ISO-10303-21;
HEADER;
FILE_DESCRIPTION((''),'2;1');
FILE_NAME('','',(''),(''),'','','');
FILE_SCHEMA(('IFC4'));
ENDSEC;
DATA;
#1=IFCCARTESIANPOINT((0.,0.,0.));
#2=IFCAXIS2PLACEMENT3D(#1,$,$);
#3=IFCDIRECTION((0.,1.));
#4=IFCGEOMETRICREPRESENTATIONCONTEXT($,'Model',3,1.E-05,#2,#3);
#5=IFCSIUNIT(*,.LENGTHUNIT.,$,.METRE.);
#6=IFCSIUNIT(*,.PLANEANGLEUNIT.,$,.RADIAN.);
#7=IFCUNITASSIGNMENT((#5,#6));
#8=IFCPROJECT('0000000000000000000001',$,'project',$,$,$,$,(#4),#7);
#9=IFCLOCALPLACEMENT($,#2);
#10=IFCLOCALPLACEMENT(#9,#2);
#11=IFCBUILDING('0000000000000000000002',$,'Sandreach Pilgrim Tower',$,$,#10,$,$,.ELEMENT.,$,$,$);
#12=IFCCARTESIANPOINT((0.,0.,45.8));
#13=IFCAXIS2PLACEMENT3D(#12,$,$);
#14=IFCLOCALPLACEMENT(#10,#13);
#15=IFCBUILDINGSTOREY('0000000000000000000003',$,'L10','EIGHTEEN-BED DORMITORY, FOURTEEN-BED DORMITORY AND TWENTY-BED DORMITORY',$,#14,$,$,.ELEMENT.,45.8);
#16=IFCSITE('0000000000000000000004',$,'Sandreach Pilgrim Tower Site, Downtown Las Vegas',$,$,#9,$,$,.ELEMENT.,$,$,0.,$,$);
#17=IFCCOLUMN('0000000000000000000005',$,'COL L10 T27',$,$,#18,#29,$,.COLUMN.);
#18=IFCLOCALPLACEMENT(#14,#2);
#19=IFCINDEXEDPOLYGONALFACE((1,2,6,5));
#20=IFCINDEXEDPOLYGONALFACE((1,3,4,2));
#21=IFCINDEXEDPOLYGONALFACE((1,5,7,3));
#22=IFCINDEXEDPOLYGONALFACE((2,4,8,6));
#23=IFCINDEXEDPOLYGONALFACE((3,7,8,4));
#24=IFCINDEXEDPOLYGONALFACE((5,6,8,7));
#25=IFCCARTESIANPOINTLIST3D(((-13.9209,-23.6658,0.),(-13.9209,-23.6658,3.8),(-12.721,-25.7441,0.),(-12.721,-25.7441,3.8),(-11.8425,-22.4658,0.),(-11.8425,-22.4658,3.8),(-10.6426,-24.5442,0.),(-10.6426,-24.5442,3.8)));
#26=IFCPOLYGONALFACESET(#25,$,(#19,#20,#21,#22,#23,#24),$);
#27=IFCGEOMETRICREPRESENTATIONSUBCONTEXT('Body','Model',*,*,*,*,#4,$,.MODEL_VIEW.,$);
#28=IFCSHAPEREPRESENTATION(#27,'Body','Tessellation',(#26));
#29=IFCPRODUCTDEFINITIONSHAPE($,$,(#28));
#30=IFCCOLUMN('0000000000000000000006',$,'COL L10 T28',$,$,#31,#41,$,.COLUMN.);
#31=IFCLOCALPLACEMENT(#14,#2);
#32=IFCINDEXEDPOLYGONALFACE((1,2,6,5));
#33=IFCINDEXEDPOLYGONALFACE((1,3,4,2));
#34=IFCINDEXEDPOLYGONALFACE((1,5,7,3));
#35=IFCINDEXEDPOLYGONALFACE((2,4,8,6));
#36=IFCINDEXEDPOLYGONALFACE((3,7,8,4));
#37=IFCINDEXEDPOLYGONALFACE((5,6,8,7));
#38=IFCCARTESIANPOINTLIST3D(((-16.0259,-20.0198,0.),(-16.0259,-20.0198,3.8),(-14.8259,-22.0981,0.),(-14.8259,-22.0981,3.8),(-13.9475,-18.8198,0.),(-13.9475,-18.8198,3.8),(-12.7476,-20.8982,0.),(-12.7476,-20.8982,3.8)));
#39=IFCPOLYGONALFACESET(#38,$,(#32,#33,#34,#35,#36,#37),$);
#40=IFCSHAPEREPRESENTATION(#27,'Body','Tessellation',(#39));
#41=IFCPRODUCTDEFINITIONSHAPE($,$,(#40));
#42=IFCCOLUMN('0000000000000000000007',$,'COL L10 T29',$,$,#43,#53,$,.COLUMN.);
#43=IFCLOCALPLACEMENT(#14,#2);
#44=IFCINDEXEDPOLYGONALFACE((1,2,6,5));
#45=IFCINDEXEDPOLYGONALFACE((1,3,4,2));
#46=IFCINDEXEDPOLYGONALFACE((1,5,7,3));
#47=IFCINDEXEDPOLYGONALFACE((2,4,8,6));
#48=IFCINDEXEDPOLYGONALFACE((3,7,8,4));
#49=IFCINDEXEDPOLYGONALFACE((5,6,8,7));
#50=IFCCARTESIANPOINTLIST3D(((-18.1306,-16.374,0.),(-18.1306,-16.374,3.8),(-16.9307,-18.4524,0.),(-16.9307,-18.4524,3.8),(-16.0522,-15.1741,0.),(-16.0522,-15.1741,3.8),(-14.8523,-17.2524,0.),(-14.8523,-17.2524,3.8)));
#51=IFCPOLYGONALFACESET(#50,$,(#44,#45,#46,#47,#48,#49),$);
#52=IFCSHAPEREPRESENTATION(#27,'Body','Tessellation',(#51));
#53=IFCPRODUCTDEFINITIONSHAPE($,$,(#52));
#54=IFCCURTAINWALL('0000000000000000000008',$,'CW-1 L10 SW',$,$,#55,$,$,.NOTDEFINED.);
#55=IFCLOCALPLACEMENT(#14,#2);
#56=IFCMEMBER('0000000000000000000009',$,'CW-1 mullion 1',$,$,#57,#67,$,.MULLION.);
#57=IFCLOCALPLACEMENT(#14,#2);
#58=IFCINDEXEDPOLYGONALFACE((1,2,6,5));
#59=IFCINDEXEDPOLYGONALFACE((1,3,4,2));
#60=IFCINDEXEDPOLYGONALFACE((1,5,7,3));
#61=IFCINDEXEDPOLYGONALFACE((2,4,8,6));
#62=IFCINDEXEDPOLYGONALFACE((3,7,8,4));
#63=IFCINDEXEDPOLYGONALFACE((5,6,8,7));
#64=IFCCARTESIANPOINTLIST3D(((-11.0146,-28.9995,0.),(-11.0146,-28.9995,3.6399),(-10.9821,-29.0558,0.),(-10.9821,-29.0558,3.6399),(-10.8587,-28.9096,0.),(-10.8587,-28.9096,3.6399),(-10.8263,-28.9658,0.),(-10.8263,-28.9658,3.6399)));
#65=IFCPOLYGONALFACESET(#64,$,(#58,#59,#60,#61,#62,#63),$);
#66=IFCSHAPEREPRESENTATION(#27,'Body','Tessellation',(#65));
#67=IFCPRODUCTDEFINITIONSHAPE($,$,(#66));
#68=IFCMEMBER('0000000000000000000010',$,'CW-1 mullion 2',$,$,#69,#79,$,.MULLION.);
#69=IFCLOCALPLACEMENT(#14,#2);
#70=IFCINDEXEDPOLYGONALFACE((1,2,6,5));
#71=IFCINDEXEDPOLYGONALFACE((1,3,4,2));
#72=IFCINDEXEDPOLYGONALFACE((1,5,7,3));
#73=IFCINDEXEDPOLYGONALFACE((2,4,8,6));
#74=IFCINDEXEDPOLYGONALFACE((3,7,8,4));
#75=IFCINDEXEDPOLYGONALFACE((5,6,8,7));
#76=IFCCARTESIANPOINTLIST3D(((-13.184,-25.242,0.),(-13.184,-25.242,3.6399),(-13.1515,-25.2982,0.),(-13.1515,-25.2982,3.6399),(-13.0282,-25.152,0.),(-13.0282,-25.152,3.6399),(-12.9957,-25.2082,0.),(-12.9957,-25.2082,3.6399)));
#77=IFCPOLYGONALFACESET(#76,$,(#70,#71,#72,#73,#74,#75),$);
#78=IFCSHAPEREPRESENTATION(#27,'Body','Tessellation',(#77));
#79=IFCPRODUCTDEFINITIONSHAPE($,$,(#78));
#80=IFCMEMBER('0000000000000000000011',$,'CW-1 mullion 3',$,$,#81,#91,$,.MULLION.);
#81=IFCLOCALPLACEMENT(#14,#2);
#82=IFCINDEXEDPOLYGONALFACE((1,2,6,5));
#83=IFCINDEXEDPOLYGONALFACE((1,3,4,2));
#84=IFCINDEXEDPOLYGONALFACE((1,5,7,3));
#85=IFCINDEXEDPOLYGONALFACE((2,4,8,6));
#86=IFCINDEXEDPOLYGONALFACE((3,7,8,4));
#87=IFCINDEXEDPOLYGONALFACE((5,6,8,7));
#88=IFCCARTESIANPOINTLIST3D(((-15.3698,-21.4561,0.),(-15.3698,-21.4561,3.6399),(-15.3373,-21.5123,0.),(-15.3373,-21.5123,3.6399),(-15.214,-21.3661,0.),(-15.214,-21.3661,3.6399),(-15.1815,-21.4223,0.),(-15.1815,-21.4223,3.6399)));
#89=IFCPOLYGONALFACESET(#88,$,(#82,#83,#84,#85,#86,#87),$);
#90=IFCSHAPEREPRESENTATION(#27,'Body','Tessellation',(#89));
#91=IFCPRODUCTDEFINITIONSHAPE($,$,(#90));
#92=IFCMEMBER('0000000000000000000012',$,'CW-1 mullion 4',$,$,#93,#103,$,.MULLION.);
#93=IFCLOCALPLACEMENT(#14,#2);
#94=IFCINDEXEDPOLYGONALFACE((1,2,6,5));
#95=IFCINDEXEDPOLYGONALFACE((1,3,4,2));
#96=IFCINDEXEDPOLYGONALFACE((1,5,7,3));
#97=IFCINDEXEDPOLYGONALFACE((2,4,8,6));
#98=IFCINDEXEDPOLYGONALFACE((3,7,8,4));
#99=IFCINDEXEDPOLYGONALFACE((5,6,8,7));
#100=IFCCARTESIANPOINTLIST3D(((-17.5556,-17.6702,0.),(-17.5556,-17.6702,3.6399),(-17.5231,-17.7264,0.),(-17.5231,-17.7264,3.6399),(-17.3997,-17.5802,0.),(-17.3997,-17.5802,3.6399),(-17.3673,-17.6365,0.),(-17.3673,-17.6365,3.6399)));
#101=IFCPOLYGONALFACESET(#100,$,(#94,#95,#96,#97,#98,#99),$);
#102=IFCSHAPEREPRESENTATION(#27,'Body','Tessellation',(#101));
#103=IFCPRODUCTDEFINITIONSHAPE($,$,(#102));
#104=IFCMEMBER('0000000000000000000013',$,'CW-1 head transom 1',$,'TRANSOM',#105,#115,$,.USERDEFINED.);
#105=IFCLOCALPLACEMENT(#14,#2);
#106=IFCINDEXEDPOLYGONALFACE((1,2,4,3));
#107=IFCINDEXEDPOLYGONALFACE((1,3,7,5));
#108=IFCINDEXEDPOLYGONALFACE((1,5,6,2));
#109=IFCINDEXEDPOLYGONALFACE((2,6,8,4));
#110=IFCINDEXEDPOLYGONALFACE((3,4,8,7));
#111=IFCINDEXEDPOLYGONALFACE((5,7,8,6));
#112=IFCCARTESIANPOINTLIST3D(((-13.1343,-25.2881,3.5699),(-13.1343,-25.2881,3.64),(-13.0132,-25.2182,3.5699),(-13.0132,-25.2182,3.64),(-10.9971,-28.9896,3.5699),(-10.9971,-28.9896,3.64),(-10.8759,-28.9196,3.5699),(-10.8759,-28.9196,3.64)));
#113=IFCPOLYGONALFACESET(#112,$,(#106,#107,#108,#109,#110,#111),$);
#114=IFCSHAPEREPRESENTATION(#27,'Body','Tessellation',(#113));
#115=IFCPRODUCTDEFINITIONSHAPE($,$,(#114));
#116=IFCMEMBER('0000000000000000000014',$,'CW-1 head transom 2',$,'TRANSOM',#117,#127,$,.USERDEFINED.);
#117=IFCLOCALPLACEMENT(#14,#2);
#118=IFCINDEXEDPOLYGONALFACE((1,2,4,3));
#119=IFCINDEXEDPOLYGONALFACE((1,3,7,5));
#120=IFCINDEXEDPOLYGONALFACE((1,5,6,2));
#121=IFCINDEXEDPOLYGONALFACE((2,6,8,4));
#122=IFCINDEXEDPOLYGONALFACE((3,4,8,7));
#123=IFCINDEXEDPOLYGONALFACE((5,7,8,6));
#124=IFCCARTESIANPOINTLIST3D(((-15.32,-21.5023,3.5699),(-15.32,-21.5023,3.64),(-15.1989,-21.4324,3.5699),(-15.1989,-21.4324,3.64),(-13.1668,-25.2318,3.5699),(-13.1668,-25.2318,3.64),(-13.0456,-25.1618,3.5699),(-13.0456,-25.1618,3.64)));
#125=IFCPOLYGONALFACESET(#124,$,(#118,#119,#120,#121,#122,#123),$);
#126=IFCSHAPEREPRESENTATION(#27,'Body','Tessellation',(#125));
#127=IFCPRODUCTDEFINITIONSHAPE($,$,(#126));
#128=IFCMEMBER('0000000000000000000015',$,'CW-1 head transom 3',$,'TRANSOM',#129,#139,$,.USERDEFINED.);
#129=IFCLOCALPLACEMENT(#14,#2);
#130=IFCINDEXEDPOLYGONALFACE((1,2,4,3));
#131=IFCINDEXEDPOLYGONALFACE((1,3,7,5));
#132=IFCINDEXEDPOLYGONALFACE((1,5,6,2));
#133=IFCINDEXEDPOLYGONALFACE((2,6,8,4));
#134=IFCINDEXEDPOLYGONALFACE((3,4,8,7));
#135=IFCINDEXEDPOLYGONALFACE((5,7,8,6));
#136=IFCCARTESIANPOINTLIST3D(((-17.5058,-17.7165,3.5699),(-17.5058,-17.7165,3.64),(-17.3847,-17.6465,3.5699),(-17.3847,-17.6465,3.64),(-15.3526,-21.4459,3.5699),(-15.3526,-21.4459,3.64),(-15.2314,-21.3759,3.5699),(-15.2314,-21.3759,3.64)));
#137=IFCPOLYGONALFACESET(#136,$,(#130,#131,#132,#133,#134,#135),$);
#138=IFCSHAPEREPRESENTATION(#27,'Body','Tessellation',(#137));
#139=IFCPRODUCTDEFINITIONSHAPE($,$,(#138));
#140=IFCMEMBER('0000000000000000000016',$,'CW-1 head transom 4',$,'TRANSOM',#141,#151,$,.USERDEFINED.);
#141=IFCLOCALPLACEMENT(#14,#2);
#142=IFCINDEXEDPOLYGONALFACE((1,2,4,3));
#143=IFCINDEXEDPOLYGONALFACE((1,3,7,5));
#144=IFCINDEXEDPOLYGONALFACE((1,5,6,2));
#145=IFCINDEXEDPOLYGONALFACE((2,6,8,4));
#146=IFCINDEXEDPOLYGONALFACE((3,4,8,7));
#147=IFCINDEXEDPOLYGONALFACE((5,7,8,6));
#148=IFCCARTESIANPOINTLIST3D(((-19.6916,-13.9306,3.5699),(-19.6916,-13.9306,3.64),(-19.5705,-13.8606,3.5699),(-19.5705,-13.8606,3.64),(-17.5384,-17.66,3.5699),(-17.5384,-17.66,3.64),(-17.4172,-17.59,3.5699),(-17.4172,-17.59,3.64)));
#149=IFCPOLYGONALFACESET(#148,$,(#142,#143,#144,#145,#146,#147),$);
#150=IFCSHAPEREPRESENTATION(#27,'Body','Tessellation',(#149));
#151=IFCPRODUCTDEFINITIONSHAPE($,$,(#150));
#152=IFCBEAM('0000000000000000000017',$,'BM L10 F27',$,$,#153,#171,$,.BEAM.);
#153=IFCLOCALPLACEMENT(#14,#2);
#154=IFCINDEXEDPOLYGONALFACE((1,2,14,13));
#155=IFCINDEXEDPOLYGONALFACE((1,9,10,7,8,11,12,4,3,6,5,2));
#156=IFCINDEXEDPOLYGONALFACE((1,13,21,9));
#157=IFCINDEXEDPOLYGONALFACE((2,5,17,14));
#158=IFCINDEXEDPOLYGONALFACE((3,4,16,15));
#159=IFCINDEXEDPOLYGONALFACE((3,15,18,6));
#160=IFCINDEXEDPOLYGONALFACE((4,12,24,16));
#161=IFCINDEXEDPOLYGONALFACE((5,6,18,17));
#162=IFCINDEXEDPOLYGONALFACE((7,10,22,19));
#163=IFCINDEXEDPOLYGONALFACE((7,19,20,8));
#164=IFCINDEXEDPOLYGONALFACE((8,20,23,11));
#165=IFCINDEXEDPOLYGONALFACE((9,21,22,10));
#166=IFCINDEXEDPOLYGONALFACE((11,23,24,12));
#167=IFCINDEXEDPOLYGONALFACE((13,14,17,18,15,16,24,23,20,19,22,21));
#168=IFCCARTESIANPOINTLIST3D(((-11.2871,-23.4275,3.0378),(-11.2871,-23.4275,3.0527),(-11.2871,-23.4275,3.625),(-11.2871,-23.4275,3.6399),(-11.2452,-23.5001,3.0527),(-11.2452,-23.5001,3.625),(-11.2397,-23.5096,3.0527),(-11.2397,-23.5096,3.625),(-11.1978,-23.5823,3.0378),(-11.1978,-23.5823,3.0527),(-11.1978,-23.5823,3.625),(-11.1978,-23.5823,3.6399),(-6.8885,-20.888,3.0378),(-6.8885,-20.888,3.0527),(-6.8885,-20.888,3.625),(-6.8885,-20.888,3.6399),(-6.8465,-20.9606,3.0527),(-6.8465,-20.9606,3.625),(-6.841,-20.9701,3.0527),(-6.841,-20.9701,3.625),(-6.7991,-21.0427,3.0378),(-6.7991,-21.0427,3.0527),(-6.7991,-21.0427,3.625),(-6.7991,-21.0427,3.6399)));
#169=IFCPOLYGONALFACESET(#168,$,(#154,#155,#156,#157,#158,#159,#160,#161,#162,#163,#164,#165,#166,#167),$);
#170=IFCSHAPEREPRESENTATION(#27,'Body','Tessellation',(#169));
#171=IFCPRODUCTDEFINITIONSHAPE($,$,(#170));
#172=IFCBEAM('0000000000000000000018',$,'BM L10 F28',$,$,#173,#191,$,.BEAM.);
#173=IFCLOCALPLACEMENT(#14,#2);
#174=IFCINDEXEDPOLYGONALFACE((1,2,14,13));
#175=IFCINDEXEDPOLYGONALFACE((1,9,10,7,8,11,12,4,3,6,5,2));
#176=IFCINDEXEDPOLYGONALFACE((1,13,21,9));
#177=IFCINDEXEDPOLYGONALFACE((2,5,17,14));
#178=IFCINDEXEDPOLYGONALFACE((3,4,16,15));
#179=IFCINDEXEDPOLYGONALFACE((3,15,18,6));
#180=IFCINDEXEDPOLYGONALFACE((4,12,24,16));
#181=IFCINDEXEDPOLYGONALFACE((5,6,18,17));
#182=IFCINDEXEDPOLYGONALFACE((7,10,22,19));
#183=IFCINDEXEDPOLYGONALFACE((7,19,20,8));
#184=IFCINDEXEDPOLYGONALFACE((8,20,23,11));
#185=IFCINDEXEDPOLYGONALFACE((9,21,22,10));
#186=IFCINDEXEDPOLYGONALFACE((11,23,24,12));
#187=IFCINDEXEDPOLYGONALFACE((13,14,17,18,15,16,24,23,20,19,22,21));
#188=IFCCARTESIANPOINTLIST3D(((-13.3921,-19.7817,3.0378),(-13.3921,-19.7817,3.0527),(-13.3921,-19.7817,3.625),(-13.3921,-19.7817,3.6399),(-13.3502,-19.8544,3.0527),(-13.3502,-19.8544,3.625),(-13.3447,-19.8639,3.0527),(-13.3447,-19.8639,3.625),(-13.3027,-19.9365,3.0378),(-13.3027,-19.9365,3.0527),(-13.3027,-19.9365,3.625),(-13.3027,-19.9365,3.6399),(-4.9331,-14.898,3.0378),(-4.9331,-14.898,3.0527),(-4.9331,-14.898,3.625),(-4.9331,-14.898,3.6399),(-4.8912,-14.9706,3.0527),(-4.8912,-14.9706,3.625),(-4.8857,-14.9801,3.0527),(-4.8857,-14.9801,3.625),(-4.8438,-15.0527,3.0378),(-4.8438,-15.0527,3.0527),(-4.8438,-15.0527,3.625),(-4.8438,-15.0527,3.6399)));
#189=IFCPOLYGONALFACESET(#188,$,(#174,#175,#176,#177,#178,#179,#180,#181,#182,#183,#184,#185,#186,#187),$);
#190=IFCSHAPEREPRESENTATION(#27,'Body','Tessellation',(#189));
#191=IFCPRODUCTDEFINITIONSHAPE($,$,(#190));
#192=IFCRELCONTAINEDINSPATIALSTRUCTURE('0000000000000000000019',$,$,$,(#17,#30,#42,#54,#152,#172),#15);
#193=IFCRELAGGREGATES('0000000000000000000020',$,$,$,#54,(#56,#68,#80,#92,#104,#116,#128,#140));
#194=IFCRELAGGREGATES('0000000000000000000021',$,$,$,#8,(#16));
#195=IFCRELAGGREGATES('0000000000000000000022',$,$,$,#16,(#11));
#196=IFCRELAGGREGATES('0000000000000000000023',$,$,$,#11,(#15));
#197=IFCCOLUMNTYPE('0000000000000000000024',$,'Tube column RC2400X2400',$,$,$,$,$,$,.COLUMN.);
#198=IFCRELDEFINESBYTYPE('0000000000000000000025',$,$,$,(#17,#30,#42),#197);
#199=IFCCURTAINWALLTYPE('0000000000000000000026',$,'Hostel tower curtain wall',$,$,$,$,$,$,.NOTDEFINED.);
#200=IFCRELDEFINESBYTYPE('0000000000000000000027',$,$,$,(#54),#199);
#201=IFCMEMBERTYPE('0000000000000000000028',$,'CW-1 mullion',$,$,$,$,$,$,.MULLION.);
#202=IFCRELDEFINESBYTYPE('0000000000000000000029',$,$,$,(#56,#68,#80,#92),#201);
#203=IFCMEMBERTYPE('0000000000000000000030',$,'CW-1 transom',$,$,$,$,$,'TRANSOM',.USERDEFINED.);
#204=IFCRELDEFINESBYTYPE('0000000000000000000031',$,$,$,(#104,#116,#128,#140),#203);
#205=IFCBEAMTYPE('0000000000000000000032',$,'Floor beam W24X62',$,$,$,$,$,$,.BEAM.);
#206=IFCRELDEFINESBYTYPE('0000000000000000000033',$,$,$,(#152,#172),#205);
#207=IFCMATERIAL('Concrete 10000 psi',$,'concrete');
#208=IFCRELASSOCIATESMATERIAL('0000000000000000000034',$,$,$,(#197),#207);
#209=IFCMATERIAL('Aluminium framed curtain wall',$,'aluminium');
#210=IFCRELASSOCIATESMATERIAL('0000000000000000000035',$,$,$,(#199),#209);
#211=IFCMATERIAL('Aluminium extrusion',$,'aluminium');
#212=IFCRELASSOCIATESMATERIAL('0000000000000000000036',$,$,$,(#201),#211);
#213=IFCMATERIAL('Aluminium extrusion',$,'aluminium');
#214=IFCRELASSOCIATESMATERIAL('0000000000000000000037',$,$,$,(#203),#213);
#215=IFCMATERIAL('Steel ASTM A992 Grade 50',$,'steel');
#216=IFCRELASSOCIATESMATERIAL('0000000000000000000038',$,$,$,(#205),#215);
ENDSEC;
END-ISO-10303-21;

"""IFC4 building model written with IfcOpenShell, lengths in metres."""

from ifc_helpers import new_model, si_unit, direction, frame, origin, origin_2d, place, context, subcontext, project, spatial, rectangle, i_section, extrude, material, material_profile, profile_set, type_object, element, aggregate, save


model = new_model("IFC4")

# Units and contexts
model_context = context("Model", 3, precision=1e-05, world=origin(), true_north=direction((0.0, 1.0)))
body_context = subcontext(model_context, "Body", "Model", "MODEL_VIEW")
ifc_project = project(units=[si_unit("LENGTHUNIT", "METRE"), si_unit("PLANEANGLEUNIT", "RADIAN")], contexts=[model_context])

# Site, building, storey
site_placement = place(None, origin())
site = spatial("IfcSite", under=ifc_project, at=site_placement, Name="Sandreach Pilgrim Tower Site, Downtown Las Vegas", CompositionType="ELEMENT", RefElevation=0.0)
building_placement = place(site_placement, origin())
building = spatial("IfcBuilding", under=site, at=building_placement, Name="Sandreach Pilgrim Tower", CompositionType="ELEMENT")
storey_placement = place(building_placement, frame((0.0, 0.0, 45.8)))
storey = spatial("IfcBuildingStorey", under=building, at=storey_placement, Name="L10", Description="EIGHTEEN-BED DORMITORY, FOURTEEN-BED DORMITORY AND TWENTY-BED DORMITORY", CompositionType="ELEMENT", Elevation=45.8)

# Columns
ifc_material_1 = material(Name="Concrete 10000 psi", Category="concrete")
ifc_material_profile_1 = material_profile(ifc_material_1, rectangle(XDim=2.3999, YDim=2.3999, at=origin_2d()), Name="RC2400X2400")
ifc_profile_set_1 = profile_set([ifc_material_profile_1], Name="Concrete 10000 psi")
column_type = type_object("IfcColumnType", Name="Tube column RC2400X2400", PredefinedType="COLUMN", material=ifc_profile_set_1)
for number, where, z_axis, x_axis, name in (
    (1, (-12.2817, -24.105, 0.0), (0.0, 0.0, 1.0), (-0.866025, -0.5, 0.0), "COL L10 T27"),
    (2, (-14.3867, -20.459, 0.0), (0.0, 0.0, 1.0), (-0.866025, -0.5, 0.0), "COL L10 T28"),
    (3, (-16.4915, -16.8132, 0.0), (0.0, 0.0, 1.0), (-0.866025, -0.5, 0.0), "COL L10 T29"),
):
    element("IfcColumn", number, at=place(storey_placement, frame(where, z_axis=z_axis, x_axis=x_axis)), inside=storey, type_object=column_type, Name=name, PredefinedType="COLUMN", context=body_context, shape_type="SweptSolid", body=[
        extrude(rectangle(XDim=2.3999, YDim=2.3999, at=origin_2d()), origin(), (0.0, 0.0, 1.0), 3.8),
    ])

# Curtain wall, members
ifc_material_2 = material(Name="Aluminium framed curtain wall", Category="aluminium")
curtain_wall_type = type_object("IfcCurtainWallType", Name="Hostel tower curtain wall", PredefinedType="NOTDEFINED", material=ifc_material_2)
curtain_wall_placement = place(storey_placement, origin())
curtain_wall = element("IfcCurtainWall", 4, at=curtain_wall_placement, inside=storey, type_object=curtain_wall_type, Name="CW-1 L10 SW", PredefinedType="NOTDEFINED")
ifc_material_3 = material(Name="Aluminium extrusion", Category="aluminium")
ifc_material_profile_2 = material_profile(ifc_material_3, rectangle(XDim=0.0649, YDim=0.1799, at=origin_2d()), Name="CW-1M 65X180")
ifc_profile_set_2 = profile_set([ifc_material_profile_2], Name="Aluminium extrusion")
member_type_1 = type_object("IfcMemberType", Name="CW-1 mullion", PredefinedType="MULLION", material=ifc_profile_set_2)
member_1_placement = place(storey_placement, frame((-10.9204, -28.9827, 0.0), z_axis=(0.0, 0.0, 1.0), x_axis=(-0.5, 0.866025, 0.0)))
member_1 = element("IfcMember", 5, at=member_1_placement, type_object=member_type_1, Name="CW-1 mullion 1", PredefinedType="MULLION", context=body_context, shape_type="SweptSolid", body=[
    extrude(rectangle(XDim=0.0649, YDim=0.1799, at=origin_2d()), origin(), (0.0, 0.0, 1.0), 3.6399),
])
member_2_placement = place(storey_placement, frame((-13.0898, -25.2251, 0.0), z_axis=(0.0, 0.0, 1.0), x_axis=(-0.5, 0.866025, 0.0)))
member_2 = element("IfcMember", 6, at=member_2_placement, type_object=member_type_1, Name="CW-1 mullion 2", PredefinedType="MULLION", context=body_context, shape_type="SweptSolid", body=[
    extrude(rectangle(XDim=0.0649, YDim=0.1799, at=origin_2d()), origin(), (0.0, 0.0, 1.0), 3.6399),
])
member_3_placement = place(storey_placement, frame((-15.2756, -21.4392, 0.0), z_axis=(0.0, 0.0, 1.0), x_axis=(-0.5, 0.866025, 0.0)))
member_3 = element("IfcMember", 7, at=member_3_placement, type_object=member_type_1, Name="CW-1 mullion 3", PredefinedType="MULLION", context=body_context, shape_type="SweptSolid", body=[
    extrude(rectangle(XDim=0.0649, YDim=0.1799, at=origin_2d()), origin(), (0.0, 0.0, 1.0), 3.6399),
])
member_4_placement = place(storey_placement, frame((-17.4614, -17.6533, 0.0), z_axis=(0.0, 0.0, 1.0), x_axis=(-0.5, 0.866025, 0.0)))
member_4 = element("IfcMember", 8, at=member_4_placement, type_object=member_type_1, Name="CW-1 mullion 4", PredefinedType="MULLION", context=body_context, shape_type="SweptSolid", body=[
    extrude(rectangle(XDim=0.0649, YDim=0.1799, at=origin_2d()), origin(), (0.0, 0.0, 1.0), 3.6399),
])
ifc_material_4 = material(Name="Aluminium extrusion", Category="aluminium")
ifc_material_profile_3 = material_profile(ifc_material_4, rectangle(XDim=0.1399, YDim=0.0701, at=origin_2d()), Name="CW-1T 140X70")
ifc_profile_set_3 = profile_set([ifc_material_profile_3], Name="Aluminium extrusion")
member_type_2 = type_object("IfcMemberType", Name="CW-1 transom", ElementType="TRANSOM", PredefinedType="USERDEFINED", material=ifc_profile_set_3)
member_5_placement = place(storey_placement, frame((-10.9365, -28.9546, 3.605), z_axis=(-0.500034, 0.866006, 0.0), x_axis=(-0.866006, -0.500034, 0.0)))
member_5 = element("IfcMember", 9, at=member_5_placement, type_object=member_type_2, Name="CW-1 head transom 1", ObjectType="TRANSOM", PredefinedType="USERDEFINED", context=body_context, shape_type="SweptSolid", body=[
    extrude(rectangle(XDim=0.1399, YDim=0.0701, at=origin_2d()), origin(), (0.0, 0.0, 1.0), 4.2742),
])
member_6_placement = place(storey_placement, frame((-13.1062, -25.1968, 3.605), z_axis=(-0.500017, 0.866016, 0.0), x_axis=(-0.866016, -0.500017, 0.0)))
member_6 = element("IfcMember", 10, at=member_6_placement, type_object=member_type_2, Name="CW-1 head transom 2", ObjectType="TRANSOM", PredefinedType="USERDEFINED", context=body_context, shape_type="SweptSolid", body=[
    extrude(rectangle(XDim=0.1399, YDim=0.0701, at=origin_2d()), origin(), (0.0, 0.0, 1.0), 4.3064),
])
member_7_placement = place(storey_placement, frame((-15.292, -21.4109, 3.605), z_axis=(-0.500017, 0.866016, 0.0), x_axis=(-0.866016, -0.500017, 0.0)))
member_7 = element("IfcMember", 11, at=member_7_placement, type_object=member_type_2, Name="CW-1 head transom 3", ObjectType="TRANSOM", PredefinedType="USERDEFINED", context=body_context, shape_type="SweptSolid", body=[
    extrude(rectangle(XDim=0.1399, YDim=0.0701, at=origin_2d()), origin(), (0.0, 0.0, 1.0), 4.3064),
])
member_8_placement = place(storey_placement, frame((-17.4778, -17.625, 3.605), z_axis=(-0.500017, 0.866016, 0.0), x_axis=(-0.866016, -0.500017, 0.0)))
member_8 = element("IfcMember", 12, at=member_8_placement, type_object=member_type_2, Name="CW-1 head transom 4", ObjectType="TRANSOM", PredefinedType="USERDEFINED", context=body_context, shape_type="SweptSolid", body=[
    extrude(rectangle(XDim=0.1399, YDim=0.0701, at=origin_2d()), origin(), (0.0, 0.0, 1.0), 4.3064),
])

# Beams
ifc_material_5 = material(Name="Steel ASTM A992 Grade 50", Category="steel")
ifc_material_profile_4 = material_profile(ifc_material_5, i_section(OverallWidth=0.1787, OverallDepth=0.6021, WebThickness=0.011, FlangeThickness=0.0149, at=origin_2d()), Name="W24X62")
ifc_profile_set_4 = profile_set([ifc_material_profile_4], Name="Steel ASTM A992 Grade 50")
beam_type_1 = type_object("IfcBeamType", Name="Floor beam W24X62", PredefinedType="BEAM", material=ifc_profile_set_4)
beam_1_placement = place(storey_placement, frame((-11.2424, -23.5049, 3.3389), z_axis=(0.866028, 0.499996, 0.0), x_axis=(-0.499996, 0.866028, 0.0)))
element("IfcBeam", 13, at=beam_1_placement, inside=storey, type_object=beam_type_1, Name="BM L10 F27", PredefinedType="BEAM", context=body_context, shape_type="SweptSolid", body=[
    extrude(i_section(OverallWidth=0.1787, OverallDepth=0.6021, WebThickness=0.011, FlangeThickness=0.0149, at=origin_2d()), origin(), (0.0, 0.0, 1.0), 5.0791),
])
beam_2_placement = place(storey_placement, frame((-13.3474, -19.8591, 3.3389), z_axis=(0.866026, 0.499999, 0.0), x_axis=(-0.499999, 0.866026, 0.0)))
element("IfcBeam", 14, at=beam_2_placement, inside=storey, type_object=beam_type_1, Name="BM L10 F28", PredefinedType="BEAM", context=body_context, shape_type="SweptSolid", body=[
    extrude(i_section(OverallWidth=0.1787, OverallDepth=0.6021, WebThickness=0.011, FlangeThickness=0.0149, at=origin_2d()), origin(), (0.0, 0.0, 1.0), 9.7676),
])

aggregate(curtain_wall, [member_1, member_2, member_3, member_4, member_5, member_6, member_7, member_8])

save(model, "model.ifc")
